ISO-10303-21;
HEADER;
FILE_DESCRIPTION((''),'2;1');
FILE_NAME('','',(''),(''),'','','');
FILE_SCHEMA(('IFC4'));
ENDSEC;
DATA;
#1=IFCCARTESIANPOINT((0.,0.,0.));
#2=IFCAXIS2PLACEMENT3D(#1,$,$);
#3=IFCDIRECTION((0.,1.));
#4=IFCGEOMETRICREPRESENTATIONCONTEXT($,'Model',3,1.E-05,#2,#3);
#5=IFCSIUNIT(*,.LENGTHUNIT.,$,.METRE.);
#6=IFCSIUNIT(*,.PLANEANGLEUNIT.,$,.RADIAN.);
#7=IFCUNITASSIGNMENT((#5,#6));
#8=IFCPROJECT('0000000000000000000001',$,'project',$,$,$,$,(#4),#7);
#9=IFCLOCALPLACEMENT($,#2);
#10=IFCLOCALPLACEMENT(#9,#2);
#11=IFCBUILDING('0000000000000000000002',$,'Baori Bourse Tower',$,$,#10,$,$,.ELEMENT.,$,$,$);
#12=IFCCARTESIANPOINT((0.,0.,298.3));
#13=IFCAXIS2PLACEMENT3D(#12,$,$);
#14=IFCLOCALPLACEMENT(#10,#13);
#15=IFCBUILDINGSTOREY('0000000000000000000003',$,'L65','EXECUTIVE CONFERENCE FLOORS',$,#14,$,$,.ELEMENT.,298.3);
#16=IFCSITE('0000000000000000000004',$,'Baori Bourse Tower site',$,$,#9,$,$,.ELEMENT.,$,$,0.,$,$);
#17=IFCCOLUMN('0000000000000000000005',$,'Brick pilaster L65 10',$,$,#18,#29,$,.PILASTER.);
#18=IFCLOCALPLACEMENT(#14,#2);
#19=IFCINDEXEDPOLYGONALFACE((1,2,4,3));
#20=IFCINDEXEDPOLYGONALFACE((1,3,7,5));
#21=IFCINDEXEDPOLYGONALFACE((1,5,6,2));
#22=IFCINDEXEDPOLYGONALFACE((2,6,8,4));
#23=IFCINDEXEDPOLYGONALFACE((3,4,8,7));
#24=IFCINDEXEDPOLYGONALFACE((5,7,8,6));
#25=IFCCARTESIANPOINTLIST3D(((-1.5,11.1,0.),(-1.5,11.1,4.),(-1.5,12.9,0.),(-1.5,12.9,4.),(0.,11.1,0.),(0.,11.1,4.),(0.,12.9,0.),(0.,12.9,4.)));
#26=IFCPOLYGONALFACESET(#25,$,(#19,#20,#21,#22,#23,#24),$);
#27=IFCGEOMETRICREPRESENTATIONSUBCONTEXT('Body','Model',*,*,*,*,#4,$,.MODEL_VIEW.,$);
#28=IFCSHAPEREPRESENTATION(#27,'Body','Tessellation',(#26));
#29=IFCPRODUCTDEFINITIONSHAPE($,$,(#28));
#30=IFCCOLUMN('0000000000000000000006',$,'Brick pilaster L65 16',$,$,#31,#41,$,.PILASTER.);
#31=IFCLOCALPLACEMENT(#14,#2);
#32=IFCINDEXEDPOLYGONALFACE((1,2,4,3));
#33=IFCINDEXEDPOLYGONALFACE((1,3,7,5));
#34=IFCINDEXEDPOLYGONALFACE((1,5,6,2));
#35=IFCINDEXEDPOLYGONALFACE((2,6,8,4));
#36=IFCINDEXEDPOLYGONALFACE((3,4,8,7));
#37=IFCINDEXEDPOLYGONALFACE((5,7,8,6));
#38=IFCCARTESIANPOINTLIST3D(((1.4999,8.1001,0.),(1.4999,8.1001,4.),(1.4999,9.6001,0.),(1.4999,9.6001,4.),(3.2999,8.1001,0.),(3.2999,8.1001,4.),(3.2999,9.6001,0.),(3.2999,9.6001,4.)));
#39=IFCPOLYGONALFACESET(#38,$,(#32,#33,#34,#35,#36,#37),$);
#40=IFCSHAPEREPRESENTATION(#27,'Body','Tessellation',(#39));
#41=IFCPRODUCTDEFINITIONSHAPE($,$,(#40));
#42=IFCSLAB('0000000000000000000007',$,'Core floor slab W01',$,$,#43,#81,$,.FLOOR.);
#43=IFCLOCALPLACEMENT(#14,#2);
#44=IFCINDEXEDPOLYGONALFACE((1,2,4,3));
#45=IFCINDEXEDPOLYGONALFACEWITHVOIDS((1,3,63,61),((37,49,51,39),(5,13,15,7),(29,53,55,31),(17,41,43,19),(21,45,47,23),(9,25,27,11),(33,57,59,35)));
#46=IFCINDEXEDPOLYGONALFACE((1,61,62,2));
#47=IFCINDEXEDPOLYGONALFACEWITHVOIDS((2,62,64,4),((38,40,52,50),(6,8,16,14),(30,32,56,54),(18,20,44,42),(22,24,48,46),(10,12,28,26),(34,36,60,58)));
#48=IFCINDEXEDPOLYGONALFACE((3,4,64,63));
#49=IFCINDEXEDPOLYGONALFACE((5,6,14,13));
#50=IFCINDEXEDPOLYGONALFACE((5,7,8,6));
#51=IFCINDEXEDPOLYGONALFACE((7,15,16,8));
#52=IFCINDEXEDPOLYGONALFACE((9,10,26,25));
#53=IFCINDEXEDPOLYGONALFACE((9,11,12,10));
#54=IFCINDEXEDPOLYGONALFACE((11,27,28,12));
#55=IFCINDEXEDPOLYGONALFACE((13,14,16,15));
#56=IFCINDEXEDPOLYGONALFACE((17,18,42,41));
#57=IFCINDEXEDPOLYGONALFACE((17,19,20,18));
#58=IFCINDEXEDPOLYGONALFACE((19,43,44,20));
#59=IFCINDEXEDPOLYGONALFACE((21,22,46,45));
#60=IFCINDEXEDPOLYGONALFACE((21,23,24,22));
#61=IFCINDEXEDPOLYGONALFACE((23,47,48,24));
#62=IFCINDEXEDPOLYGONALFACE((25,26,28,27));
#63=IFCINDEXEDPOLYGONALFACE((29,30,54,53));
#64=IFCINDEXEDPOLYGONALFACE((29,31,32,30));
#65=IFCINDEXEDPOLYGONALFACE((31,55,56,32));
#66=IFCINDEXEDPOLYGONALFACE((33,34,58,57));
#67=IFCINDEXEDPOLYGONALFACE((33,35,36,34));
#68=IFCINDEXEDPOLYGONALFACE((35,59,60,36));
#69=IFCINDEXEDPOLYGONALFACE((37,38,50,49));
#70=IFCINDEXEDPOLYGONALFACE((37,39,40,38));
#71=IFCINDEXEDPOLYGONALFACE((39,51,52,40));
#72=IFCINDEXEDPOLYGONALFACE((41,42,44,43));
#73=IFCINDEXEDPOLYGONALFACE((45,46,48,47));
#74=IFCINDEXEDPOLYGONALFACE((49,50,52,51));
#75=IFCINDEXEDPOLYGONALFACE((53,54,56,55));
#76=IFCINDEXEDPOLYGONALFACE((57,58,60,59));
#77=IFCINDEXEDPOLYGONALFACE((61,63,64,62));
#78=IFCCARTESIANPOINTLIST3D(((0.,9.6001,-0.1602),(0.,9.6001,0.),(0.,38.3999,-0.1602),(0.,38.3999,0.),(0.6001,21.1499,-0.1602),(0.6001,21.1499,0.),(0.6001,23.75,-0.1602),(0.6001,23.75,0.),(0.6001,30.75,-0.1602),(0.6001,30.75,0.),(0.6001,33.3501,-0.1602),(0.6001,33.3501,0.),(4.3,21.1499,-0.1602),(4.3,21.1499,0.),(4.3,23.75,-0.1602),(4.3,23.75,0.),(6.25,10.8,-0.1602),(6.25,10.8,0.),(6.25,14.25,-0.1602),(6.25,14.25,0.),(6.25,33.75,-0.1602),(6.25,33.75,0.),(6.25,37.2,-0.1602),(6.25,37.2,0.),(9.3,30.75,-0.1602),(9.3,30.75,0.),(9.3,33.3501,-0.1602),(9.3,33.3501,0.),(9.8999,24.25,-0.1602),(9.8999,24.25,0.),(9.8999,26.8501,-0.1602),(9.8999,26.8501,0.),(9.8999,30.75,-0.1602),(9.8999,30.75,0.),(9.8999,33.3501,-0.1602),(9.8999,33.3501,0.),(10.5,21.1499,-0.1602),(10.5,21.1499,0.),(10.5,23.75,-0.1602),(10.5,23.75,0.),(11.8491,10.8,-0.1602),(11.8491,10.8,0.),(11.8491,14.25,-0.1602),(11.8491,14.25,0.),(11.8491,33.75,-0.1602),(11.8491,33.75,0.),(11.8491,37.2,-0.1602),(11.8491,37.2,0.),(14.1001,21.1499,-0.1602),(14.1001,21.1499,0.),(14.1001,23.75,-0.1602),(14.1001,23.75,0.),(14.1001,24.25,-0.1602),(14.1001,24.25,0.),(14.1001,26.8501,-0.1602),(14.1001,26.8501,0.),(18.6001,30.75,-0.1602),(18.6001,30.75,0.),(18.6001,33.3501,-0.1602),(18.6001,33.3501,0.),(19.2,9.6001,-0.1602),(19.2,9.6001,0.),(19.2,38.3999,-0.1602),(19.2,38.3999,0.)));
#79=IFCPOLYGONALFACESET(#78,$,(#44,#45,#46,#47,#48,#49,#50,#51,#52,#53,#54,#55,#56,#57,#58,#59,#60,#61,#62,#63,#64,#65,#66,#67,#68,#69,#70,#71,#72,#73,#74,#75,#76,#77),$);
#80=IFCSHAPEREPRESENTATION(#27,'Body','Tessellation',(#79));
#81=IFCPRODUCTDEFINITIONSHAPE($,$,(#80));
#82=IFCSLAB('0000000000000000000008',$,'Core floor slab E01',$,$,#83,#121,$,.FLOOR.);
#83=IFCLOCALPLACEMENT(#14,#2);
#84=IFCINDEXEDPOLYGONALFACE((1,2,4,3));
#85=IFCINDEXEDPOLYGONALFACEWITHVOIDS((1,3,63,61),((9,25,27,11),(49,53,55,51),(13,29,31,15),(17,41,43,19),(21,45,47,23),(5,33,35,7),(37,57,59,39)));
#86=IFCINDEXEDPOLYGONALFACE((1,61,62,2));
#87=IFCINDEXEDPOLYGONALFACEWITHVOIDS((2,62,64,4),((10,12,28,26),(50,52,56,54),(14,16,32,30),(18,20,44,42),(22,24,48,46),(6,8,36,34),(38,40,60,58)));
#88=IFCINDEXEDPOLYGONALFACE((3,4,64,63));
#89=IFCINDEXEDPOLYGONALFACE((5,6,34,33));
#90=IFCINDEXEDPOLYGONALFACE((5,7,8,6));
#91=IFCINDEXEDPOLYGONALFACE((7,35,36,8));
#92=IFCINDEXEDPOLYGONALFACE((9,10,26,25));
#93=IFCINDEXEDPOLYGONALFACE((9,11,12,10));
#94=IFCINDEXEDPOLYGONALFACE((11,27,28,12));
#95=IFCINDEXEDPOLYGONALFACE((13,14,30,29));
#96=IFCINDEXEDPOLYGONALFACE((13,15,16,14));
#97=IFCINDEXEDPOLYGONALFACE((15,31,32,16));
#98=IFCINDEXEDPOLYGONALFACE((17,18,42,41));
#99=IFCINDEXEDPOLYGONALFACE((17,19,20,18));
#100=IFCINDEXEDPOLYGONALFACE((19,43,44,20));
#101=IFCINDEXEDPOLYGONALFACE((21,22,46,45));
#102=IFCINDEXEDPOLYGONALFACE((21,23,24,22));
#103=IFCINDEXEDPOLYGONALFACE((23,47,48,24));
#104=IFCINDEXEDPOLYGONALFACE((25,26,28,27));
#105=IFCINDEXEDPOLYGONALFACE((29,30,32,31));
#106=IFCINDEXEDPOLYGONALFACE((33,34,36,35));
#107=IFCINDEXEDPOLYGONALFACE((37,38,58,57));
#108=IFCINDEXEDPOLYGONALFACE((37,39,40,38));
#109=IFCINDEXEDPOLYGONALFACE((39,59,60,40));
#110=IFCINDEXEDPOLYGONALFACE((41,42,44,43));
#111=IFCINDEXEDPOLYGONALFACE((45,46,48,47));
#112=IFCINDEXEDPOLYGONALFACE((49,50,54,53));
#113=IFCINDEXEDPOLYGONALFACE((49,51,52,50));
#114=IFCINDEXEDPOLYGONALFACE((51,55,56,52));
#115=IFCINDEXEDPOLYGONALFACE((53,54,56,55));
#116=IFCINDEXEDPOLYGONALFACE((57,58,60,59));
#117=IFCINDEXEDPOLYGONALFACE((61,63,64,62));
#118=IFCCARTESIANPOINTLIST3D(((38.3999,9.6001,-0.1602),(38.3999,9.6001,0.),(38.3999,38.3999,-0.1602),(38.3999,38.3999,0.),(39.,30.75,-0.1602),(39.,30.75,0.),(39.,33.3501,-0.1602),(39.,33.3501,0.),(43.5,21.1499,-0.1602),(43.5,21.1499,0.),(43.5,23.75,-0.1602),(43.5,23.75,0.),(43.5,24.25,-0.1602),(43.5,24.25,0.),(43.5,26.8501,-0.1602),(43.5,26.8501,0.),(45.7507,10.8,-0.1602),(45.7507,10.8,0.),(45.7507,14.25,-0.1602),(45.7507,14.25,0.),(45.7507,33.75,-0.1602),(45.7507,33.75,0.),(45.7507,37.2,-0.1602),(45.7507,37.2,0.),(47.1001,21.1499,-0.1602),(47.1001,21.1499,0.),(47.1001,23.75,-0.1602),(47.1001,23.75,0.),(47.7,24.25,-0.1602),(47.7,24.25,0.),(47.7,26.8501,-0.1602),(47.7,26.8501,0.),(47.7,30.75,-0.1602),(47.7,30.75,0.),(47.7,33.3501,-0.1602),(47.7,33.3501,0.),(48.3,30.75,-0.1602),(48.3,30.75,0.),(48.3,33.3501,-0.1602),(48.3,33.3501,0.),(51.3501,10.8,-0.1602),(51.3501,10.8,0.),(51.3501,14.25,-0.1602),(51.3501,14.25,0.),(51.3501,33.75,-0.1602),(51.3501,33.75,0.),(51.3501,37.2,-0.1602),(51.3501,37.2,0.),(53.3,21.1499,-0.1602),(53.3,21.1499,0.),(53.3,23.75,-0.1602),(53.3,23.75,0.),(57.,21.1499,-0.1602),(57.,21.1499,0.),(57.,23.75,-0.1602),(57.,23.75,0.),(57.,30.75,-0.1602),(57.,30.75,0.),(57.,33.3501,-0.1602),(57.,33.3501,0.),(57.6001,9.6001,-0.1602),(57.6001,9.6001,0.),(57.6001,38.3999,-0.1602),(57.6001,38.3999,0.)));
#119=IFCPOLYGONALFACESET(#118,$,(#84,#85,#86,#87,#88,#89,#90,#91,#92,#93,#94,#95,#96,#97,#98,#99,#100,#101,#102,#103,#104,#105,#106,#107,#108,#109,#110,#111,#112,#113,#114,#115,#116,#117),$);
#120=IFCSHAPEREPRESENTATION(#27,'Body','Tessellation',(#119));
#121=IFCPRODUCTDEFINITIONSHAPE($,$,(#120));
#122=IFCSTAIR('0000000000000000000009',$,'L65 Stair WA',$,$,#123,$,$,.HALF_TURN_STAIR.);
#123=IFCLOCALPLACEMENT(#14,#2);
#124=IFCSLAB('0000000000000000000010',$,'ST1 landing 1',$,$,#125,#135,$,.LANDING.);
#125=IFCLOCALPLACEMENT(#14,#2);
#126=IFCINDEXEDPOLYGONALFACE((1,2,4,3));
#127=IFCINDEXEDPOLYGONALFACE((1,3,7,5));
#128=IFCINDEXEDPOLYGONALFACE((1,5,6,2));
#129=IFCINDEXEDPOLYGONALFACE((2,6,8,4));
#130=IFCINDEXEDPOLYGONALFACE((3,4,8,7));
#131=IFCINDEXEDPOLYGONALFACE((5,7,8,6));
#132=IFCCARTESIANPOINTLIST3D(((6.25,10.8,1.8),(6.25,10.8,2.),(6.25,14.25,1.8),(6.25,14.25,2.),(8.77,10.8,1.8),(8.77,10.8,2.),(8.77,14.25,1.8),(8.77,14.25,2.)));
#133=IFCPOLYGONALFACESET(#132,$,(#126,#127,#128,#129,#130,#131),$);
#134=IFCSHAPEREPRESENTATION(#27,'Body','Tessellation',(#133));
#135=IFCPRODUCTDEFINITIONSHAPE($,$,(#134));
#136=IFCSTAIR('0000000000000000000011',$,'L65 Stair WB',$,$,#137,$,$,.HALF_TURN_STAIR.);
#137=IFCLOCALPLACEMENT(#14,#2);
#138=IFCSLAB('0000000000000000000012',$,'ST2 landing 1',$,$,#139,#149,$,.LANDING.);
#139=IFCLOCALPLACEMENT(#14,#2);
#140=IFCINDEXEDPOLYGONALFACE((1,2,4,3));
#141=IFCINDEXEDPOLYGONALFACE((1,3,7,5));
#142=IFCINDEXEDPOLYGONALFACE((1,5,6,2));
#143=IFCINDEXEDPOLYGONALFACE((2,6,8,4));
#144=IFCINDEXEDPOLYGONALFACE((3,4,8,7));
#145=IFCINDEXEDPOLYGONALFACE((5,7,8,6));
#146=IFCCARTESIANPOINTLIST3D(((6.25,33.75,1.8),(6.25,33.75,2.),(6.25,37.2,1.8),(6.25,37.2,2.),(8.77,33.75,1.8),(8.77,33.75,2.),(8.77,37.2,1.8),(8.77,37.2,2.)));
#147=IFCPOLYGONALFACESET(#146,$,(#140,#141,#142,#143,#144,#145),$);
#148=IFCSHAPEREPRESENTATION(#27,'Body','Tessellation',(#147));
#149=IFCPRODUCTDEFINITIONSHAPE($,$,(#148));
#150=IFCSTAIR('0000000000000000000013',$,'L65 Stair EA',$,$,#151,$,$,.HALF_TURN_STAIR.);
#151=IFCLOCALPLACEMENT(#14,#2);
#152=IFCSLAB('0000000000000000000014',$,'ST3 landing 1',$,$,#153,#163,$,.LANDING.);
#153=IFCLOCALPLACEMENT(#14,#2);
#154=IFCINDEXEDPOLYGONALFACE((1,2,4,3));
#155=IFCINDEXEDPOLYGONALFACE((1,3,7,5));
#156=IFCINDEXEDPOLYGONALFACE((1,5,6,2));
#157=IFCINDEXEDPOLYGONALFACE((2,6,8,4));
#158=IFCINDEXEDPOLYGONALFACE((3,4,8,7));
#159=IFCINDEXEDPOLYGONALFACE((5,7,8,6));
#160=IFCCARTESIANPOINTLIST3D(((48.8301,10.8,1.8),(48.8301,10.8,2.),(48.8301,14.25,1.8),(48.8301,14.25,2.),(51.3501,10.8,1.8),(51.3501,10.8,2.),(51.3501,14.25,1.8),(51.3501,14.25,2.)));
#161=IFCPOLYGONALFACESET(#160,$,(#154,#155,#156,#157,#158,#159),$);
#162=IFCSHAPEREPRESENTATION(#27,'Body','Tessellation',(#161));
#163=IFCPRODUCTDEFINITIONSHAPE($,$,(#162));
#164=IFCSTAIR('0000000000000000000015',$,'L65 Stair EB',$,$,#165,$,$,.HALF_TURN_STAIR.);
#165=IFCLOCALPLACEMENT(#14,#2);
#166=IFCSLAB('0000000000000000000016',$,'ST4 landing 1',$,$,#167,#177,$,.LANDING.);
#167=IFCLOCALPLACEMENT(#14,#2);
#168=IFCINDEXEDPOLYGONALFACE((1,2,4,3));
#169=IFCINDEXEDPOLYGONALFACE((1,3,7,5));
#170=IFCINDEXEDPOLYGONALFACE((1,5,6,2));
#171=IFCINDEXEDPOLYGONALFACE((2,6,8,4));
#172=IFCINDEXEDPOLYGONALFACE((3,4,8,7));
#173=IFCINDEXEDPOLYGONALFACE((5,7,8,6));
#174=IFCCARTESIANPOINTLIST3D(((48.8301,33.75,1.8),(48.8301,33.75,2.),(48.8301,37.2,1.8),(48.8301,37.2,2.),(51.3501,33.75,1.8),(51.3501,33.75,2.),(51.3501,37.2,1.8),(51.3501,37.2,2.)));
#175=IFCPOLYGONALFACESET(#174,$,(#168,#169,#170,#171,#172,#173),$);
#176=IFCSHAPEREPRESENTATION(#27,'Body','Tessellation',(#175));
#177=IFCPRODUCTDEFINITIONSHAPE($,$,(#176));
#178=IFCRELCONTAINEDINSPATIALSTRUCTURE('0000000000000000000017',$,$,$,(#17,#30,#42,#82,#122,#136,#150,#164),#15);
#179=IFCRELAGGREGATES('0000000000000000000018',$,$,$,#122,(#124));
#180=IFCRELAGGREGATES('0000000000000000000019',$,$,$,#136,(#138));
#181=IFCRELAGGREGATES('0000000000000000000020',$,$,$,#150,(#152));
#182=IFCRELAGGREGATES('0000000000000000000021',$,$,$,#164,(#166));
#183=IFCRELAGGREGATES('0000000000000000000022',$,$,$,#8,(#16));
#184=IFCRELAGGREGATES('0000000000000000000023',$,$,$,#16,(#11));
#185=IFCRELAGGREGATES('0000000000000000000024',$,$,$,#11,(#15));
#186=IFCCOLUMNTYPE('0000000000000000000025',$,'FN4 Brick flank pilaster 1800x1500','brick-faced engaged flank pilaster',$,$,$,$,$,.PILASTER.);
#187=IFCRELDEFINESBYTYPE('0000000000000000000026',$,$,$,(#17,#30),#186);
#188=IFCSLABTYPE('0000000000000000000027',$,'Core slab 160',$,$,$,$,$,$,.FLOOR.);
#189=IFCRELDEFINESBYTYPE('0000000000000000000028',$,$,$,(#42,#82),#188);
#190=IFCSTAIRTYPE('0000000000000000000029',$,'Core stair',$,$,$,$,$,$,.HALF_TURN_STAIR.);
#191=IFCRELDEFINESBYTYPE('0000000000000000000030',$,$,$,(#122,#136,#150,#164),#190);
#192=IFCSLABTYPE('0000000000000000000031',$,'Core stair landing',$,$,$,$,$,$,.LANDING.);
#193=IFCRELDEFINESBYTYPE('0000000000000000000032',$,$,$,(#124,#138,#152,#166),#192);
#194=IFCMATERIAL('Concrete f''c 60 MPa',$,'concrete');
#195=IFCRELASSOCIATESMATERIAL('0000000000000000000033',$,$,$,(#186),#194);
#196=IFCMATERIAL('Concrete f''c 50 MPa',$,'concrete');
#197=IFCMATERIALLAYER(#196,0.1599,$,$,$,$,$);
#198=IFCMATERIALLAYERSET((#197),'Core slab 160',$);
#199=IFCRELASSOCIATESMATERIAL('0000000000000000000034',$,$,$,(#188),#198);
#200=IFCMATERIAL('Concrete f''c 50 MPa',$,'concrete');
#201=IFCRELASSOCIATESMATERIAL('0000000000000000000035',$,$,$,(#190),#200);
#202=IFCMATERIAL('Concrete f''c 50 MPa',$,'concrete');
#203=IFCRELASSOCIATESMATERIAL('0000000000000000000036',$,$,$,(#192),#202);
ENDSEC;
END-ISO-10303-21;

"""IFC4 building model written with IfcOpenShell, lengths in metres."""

from ifc_helpers import new_model, si_unit, direction, frame, origin, origin_2d, place, context, subcontext, project, spatial, polyline, rectangle, outline, extrude, material, layer, layer_set, material_profile, profile_set, type_object, element, aggregate, save


model = new_model("IFC4")

# Units and contexts
model_context = context("Model", 3, precision=1e-05, world=origin(), true_north=direction((0.0, 1.0)))
body_context = subcontext(model_context, "Body", "Model", "MODEL_VIEW")
ifc_project = project(units=[si_unit("LENGTHUNIT", "METRE"), si_unit("PLANEANGLEUNIT", "RADIAN")], contexts=[model_context])

# Site, building, storey
site_placement = place(None, origin())
site = spatial("IfcSite", under=ifc_project, at=site_placement, Name="Baori Bourse Tower site", CompositionType="ELEMENT", RefElevation=0.0)
building_placement = place(site_placement, origin())
building = spatial("IfcBuilding", under=site, at=building_placement, Name="Baori Bourse Tower", CompositionType="ELEMENT")
storey_placement = place(building_placement, frame((0.0, 0.0, 298.3)))
storey = spatial("IfcBuildingStorey", under=building, at=storey_placement, Name="L65", Description="EXECUTIVE CONFERENCE FLOORS", CompositionType="ELEMENT", Elevation=298.3)

# Columns
ifc_material_1 = material(Name="Concrete f'c 60 MPa", Category="concrete")
ifc_material_profile = material_profile(ifc_material_1, rectangle(XDim=1.8, YDim=1.5, at=origin_2d()), Name="RC 1800x1500")
ifc_profile_set = profile_set([ifc_material_profile], Name="Concrete f'c 60 MPa")
column_type = type_object("IfcColumnType", Name="FN4 Brick flank pilaster 1800x1500", Description="brick-faced engaged flank pilaster", PredefinedType="PILASTER", material=ifc_profile_set)
for number, where, z_axis, x_axis, name in (
    (1, (-0.75, 12.0, 0.0), (0.0, 0.0, 1.0), (0.0, 1.0, 0.0), "Brick pilaster L65 10"),
    (2, (2.3999, 8.8501, 0.0), (0.0, 0.0, 1.0), (1.0, 0.0, 0.0), "Brick pilaster L65 16"),
):
    element("IfcColumn", number, at=place(storey_placement, frame(where, z_axis=z_axis, x_axis=x_axis)), inside=storey, type_object=column_type, Name=name, PredefinedType="PILASTER", context=body_context, shape_type="SweptSolid", body=[
        extrude(rectangle(XDim=1.8, YDim=1.5, at=origin_2d()), origin(), (0.0, 0.0, 1.0), 4.0),
    ])

# Slabs
ifc_material_2 = material(Name="Concrete f'c 50 MPa", Category="concrete")
ifc_layer_1 = layer(ifc_material_2, 0.1599)
ifc_layer_set_1 = layer_set([ifc_layer_1], Name="Core slab 160")
slab_type_1 = type_object("IfcSlabType", Name="Core slab 160", PredefinedType="FLOOR", material=ifc_layer_set_1)
slab_1_placement = place(storey_placement, frame((0.0, 0.0, -0.1602)))
element("IfcSlab", 3, at=slab_1_placement, inside=storey, type_object=slab_type_1, Name="Core floor slab W01", PredefinedType="FLOOR", context=body_context, shape_type="SweptSolid", body=[
    extrude(outline(polyline([(19.2, 38.3999), (0.0, 38.3999), (0.0, 9.6001), (19.2, 9.6001), (19.2, 38.3999)]), holes=[polyline([(9.8999, 33.3501), (18.6001, 33.3501), (18.6001, 30.75), (9.8999, 30.75), (9.8999, 33.3501)]), polyline([(10.5, 21.1499), (10.5, 23.75), (14.1001, 23.75), (14.1001, 21.1499), (10.5, 21.1499)]), polyline([(14.1001, 24.25), (9.8999, 24.25), (9.8999, 26.8501), (14.1001, 26.8501), (14.1001, 24.25)]), polyline([(6.25, 14.25), (11.8491, 14.25), (11.8491, 10.8), (6.25, 10.8), (6.25, 14.25)]), polyline([(11.8491, 37.2), (11.8491, 33.75), (6.25, 33.75), (6.25, 37.2), (11.8491, 37.2)]), polyline([(0.6001, 30.75), (0.6001, 33.3501), (9.3, 33.3501), (9.3, 30.75), (0.6001, 30.75)]), polyline([(4.3, 23.75), (4.3, 21.1499), (0.6001, 21.1499), (0.6001, 23.75), (4.3, 23.75)])]), origin(), (0.0, 0.0, 1.0), 0.1602),
])
slab_2_placement = place(storey_placement, frame((0.0, 0.0, -0.1602)))
element("IfcSlab", 4, at=slab_2_placement, inside=storey, type_object=slab_type_1, Name="Core floor slab E01", PredefinedType="FLOOR", context=body_context, shape_type="SweptSolid", body=[
    extrude(outline(polyline([(57.6001, 9.6001), (57.6001, 38.3999), (38.3999, 38.3999), (38.3999, 9.6001), (57.6001, 9.6001)]), holes=[polyline([(48.3, 33.3501), (57.0, 33.3501), (57.0, 30.75), (48.3, 30.75), (48.3, 33.3501)]), polyline([(57.0, 21.1499), (53.3, 21.1499), (53.3, 23.75), (57.0, 23.75), (57.0, 21.1499)]), polyline([(45.7507, 14.25), (51.3501, 14.25), (51.3501, 10.8), (45.7507, 10.8), (45.7507, 14.25)]), polyline([(51.3501, 37.2), (51.3501, 33.75), (45.7507, 33.75), (45.7507, 37.2), (51.3501, 37.2)]), polyline([(43.5, 24.25), (43.5, 26.8501), (47.7, 26.8501), (47.7, 24.25), (43.5, 24.25)]), polyline([(47.7, 33.3501), (47.7, 30.75), (39.0, 30.75), (39.0, 33.3501), (47.7, 33.3501)]), polyline([(43.5, 23.75), (47.1001, 23.75), (47.1001, 21.1499), (43.5, 21.1499), (43.5, 23.75)])]), origin(), (0.0, 0.0, 1.0), 0.1602),
])

# Stairs, slabs
ifc_material_3 = material(Name="Concrete f'c 50 MPa", Category="concrete")
stair_type = type_object("IfcStairType", Name="Core stair", PredefinedType="HALF_TURN_STAIR", material=ifc_material_3)
stair_1_placement = place(storey_placement, origin())
stair_1 = element("IfcStair", 5, at=stair_1_placement, inside=storey, type_object=stair_type, Name="L65 Stair WA", PredefinedType="HALF_TURN_STAIR")
ifc_material_4 = material(Name="Concrete f'c 50 MPa", Category="concrete")
slab_type_2 = type_object("IfcSlabType", Name="Core stair landing", PredefinedType="LANDING", material=ifc_material_4)
slab_3_placement = place(storey_placement, frame((0.0, 0.0, 1.8)))
slab_3 = element("IfcSlab", 6, at=slab_3_placement, type_object=slab_type_2, Name="ST1 landing 1", PredefinedType="LANDING", context=body_context, shape_type="SweptSolid", body=[
    extrude(outline(polyline([(8.77, 14.25), (6.25, 14.25), (6.25, 10.8), (8.77, 10.8), (8.77, 14.25)])), origin(), (0.0, 0.0, 1.0), 0.2),
])
aggregate(stair_1, [slab_3])
stair_2_placement = place(storey_placement, origin())
stair_2 = element("IfcStair", 7, at=stair_2_placement, inside=storey, type_object=stair_type, Name="L65 Stair WB", PredefinedType="HALF_TURN_STAIR")
slab_4_placement = place(storey_placement, frame((0.0, 0.0, 1.8)))
slab_4 = element("IfcSlab", 8, at=slab_4_placement, type_object=slab_type_2, Name="ST2 landing 1", PredefinedType="LANDING", context=body_context, shape_type="SweptSolid", body=[
    extrude(outline(polyline([(8.77, 37.2), (6.25, 37.2), (6.25, 33.75), (8.77, 33.75), (8.77, 37.2)])), origin(), (0.0, 0.0, 1.0), 0.2),
])
aggregate(stair_2, [slab_4])
stair_3_placement = place(storey_placement, origin())
stair_3 = element("IfcStair", 9, at=stair_3_placement, inside=storey, type_object=stair_type, Name="L65 Stair EA", PredefinedType="HALF_TURN_STAIR")
slab_5_placement = place(storey_placement, frame((0.0, 0.0, 1.8)))
slab_5 = element("IfcSlab", 10, at=slab_5_placement, type_object=slab_type_2, Name="ST3 landing 1", PredefinedType="LANDING", context=body_context, shape_type="SweptSolid", body=[
    extrude(outline(polyline([(48.8301, 10.8), (51.3501, 10.8), (51.3501, 14.25), (48.8301, 14.25), (48.8301, 10.8)])), origin(), (0.0, 0.0, 1.0), 0.2),
])
aggregate(stair_3, [slab_5])
stair_4_placement = place(storey_placement, origin())
stair_4 = element("IfcStair", 11, at=stair_4_placement, inside=storey, type_object=stair_type, Name="L65 Stair EB", PredefinedType="HALF_TURN_STAIR")
slab_6_placement = place(storey_placement, frame((0.0, 0.0, 1.8)))
slab_6 = element("IfcSlab", 12, at=slab_6_placement, type_object=slab_type_2, Name="ST4 landing 1", PredefinedType="LANDING", context=body_context, shape_type="SweptSolid", body=[
    extrude(outline(polyline([(48.8301, 33.75), (51.3501, 33.75), (51.3501, 37.2), (48.8301, 37.2), (48.8301, 33.75)])), origin(), (0.0, 0.0, 1.0), 0.2),
])
aggregate(stair_4, [slab_6])

save(model, "model.ifc")
